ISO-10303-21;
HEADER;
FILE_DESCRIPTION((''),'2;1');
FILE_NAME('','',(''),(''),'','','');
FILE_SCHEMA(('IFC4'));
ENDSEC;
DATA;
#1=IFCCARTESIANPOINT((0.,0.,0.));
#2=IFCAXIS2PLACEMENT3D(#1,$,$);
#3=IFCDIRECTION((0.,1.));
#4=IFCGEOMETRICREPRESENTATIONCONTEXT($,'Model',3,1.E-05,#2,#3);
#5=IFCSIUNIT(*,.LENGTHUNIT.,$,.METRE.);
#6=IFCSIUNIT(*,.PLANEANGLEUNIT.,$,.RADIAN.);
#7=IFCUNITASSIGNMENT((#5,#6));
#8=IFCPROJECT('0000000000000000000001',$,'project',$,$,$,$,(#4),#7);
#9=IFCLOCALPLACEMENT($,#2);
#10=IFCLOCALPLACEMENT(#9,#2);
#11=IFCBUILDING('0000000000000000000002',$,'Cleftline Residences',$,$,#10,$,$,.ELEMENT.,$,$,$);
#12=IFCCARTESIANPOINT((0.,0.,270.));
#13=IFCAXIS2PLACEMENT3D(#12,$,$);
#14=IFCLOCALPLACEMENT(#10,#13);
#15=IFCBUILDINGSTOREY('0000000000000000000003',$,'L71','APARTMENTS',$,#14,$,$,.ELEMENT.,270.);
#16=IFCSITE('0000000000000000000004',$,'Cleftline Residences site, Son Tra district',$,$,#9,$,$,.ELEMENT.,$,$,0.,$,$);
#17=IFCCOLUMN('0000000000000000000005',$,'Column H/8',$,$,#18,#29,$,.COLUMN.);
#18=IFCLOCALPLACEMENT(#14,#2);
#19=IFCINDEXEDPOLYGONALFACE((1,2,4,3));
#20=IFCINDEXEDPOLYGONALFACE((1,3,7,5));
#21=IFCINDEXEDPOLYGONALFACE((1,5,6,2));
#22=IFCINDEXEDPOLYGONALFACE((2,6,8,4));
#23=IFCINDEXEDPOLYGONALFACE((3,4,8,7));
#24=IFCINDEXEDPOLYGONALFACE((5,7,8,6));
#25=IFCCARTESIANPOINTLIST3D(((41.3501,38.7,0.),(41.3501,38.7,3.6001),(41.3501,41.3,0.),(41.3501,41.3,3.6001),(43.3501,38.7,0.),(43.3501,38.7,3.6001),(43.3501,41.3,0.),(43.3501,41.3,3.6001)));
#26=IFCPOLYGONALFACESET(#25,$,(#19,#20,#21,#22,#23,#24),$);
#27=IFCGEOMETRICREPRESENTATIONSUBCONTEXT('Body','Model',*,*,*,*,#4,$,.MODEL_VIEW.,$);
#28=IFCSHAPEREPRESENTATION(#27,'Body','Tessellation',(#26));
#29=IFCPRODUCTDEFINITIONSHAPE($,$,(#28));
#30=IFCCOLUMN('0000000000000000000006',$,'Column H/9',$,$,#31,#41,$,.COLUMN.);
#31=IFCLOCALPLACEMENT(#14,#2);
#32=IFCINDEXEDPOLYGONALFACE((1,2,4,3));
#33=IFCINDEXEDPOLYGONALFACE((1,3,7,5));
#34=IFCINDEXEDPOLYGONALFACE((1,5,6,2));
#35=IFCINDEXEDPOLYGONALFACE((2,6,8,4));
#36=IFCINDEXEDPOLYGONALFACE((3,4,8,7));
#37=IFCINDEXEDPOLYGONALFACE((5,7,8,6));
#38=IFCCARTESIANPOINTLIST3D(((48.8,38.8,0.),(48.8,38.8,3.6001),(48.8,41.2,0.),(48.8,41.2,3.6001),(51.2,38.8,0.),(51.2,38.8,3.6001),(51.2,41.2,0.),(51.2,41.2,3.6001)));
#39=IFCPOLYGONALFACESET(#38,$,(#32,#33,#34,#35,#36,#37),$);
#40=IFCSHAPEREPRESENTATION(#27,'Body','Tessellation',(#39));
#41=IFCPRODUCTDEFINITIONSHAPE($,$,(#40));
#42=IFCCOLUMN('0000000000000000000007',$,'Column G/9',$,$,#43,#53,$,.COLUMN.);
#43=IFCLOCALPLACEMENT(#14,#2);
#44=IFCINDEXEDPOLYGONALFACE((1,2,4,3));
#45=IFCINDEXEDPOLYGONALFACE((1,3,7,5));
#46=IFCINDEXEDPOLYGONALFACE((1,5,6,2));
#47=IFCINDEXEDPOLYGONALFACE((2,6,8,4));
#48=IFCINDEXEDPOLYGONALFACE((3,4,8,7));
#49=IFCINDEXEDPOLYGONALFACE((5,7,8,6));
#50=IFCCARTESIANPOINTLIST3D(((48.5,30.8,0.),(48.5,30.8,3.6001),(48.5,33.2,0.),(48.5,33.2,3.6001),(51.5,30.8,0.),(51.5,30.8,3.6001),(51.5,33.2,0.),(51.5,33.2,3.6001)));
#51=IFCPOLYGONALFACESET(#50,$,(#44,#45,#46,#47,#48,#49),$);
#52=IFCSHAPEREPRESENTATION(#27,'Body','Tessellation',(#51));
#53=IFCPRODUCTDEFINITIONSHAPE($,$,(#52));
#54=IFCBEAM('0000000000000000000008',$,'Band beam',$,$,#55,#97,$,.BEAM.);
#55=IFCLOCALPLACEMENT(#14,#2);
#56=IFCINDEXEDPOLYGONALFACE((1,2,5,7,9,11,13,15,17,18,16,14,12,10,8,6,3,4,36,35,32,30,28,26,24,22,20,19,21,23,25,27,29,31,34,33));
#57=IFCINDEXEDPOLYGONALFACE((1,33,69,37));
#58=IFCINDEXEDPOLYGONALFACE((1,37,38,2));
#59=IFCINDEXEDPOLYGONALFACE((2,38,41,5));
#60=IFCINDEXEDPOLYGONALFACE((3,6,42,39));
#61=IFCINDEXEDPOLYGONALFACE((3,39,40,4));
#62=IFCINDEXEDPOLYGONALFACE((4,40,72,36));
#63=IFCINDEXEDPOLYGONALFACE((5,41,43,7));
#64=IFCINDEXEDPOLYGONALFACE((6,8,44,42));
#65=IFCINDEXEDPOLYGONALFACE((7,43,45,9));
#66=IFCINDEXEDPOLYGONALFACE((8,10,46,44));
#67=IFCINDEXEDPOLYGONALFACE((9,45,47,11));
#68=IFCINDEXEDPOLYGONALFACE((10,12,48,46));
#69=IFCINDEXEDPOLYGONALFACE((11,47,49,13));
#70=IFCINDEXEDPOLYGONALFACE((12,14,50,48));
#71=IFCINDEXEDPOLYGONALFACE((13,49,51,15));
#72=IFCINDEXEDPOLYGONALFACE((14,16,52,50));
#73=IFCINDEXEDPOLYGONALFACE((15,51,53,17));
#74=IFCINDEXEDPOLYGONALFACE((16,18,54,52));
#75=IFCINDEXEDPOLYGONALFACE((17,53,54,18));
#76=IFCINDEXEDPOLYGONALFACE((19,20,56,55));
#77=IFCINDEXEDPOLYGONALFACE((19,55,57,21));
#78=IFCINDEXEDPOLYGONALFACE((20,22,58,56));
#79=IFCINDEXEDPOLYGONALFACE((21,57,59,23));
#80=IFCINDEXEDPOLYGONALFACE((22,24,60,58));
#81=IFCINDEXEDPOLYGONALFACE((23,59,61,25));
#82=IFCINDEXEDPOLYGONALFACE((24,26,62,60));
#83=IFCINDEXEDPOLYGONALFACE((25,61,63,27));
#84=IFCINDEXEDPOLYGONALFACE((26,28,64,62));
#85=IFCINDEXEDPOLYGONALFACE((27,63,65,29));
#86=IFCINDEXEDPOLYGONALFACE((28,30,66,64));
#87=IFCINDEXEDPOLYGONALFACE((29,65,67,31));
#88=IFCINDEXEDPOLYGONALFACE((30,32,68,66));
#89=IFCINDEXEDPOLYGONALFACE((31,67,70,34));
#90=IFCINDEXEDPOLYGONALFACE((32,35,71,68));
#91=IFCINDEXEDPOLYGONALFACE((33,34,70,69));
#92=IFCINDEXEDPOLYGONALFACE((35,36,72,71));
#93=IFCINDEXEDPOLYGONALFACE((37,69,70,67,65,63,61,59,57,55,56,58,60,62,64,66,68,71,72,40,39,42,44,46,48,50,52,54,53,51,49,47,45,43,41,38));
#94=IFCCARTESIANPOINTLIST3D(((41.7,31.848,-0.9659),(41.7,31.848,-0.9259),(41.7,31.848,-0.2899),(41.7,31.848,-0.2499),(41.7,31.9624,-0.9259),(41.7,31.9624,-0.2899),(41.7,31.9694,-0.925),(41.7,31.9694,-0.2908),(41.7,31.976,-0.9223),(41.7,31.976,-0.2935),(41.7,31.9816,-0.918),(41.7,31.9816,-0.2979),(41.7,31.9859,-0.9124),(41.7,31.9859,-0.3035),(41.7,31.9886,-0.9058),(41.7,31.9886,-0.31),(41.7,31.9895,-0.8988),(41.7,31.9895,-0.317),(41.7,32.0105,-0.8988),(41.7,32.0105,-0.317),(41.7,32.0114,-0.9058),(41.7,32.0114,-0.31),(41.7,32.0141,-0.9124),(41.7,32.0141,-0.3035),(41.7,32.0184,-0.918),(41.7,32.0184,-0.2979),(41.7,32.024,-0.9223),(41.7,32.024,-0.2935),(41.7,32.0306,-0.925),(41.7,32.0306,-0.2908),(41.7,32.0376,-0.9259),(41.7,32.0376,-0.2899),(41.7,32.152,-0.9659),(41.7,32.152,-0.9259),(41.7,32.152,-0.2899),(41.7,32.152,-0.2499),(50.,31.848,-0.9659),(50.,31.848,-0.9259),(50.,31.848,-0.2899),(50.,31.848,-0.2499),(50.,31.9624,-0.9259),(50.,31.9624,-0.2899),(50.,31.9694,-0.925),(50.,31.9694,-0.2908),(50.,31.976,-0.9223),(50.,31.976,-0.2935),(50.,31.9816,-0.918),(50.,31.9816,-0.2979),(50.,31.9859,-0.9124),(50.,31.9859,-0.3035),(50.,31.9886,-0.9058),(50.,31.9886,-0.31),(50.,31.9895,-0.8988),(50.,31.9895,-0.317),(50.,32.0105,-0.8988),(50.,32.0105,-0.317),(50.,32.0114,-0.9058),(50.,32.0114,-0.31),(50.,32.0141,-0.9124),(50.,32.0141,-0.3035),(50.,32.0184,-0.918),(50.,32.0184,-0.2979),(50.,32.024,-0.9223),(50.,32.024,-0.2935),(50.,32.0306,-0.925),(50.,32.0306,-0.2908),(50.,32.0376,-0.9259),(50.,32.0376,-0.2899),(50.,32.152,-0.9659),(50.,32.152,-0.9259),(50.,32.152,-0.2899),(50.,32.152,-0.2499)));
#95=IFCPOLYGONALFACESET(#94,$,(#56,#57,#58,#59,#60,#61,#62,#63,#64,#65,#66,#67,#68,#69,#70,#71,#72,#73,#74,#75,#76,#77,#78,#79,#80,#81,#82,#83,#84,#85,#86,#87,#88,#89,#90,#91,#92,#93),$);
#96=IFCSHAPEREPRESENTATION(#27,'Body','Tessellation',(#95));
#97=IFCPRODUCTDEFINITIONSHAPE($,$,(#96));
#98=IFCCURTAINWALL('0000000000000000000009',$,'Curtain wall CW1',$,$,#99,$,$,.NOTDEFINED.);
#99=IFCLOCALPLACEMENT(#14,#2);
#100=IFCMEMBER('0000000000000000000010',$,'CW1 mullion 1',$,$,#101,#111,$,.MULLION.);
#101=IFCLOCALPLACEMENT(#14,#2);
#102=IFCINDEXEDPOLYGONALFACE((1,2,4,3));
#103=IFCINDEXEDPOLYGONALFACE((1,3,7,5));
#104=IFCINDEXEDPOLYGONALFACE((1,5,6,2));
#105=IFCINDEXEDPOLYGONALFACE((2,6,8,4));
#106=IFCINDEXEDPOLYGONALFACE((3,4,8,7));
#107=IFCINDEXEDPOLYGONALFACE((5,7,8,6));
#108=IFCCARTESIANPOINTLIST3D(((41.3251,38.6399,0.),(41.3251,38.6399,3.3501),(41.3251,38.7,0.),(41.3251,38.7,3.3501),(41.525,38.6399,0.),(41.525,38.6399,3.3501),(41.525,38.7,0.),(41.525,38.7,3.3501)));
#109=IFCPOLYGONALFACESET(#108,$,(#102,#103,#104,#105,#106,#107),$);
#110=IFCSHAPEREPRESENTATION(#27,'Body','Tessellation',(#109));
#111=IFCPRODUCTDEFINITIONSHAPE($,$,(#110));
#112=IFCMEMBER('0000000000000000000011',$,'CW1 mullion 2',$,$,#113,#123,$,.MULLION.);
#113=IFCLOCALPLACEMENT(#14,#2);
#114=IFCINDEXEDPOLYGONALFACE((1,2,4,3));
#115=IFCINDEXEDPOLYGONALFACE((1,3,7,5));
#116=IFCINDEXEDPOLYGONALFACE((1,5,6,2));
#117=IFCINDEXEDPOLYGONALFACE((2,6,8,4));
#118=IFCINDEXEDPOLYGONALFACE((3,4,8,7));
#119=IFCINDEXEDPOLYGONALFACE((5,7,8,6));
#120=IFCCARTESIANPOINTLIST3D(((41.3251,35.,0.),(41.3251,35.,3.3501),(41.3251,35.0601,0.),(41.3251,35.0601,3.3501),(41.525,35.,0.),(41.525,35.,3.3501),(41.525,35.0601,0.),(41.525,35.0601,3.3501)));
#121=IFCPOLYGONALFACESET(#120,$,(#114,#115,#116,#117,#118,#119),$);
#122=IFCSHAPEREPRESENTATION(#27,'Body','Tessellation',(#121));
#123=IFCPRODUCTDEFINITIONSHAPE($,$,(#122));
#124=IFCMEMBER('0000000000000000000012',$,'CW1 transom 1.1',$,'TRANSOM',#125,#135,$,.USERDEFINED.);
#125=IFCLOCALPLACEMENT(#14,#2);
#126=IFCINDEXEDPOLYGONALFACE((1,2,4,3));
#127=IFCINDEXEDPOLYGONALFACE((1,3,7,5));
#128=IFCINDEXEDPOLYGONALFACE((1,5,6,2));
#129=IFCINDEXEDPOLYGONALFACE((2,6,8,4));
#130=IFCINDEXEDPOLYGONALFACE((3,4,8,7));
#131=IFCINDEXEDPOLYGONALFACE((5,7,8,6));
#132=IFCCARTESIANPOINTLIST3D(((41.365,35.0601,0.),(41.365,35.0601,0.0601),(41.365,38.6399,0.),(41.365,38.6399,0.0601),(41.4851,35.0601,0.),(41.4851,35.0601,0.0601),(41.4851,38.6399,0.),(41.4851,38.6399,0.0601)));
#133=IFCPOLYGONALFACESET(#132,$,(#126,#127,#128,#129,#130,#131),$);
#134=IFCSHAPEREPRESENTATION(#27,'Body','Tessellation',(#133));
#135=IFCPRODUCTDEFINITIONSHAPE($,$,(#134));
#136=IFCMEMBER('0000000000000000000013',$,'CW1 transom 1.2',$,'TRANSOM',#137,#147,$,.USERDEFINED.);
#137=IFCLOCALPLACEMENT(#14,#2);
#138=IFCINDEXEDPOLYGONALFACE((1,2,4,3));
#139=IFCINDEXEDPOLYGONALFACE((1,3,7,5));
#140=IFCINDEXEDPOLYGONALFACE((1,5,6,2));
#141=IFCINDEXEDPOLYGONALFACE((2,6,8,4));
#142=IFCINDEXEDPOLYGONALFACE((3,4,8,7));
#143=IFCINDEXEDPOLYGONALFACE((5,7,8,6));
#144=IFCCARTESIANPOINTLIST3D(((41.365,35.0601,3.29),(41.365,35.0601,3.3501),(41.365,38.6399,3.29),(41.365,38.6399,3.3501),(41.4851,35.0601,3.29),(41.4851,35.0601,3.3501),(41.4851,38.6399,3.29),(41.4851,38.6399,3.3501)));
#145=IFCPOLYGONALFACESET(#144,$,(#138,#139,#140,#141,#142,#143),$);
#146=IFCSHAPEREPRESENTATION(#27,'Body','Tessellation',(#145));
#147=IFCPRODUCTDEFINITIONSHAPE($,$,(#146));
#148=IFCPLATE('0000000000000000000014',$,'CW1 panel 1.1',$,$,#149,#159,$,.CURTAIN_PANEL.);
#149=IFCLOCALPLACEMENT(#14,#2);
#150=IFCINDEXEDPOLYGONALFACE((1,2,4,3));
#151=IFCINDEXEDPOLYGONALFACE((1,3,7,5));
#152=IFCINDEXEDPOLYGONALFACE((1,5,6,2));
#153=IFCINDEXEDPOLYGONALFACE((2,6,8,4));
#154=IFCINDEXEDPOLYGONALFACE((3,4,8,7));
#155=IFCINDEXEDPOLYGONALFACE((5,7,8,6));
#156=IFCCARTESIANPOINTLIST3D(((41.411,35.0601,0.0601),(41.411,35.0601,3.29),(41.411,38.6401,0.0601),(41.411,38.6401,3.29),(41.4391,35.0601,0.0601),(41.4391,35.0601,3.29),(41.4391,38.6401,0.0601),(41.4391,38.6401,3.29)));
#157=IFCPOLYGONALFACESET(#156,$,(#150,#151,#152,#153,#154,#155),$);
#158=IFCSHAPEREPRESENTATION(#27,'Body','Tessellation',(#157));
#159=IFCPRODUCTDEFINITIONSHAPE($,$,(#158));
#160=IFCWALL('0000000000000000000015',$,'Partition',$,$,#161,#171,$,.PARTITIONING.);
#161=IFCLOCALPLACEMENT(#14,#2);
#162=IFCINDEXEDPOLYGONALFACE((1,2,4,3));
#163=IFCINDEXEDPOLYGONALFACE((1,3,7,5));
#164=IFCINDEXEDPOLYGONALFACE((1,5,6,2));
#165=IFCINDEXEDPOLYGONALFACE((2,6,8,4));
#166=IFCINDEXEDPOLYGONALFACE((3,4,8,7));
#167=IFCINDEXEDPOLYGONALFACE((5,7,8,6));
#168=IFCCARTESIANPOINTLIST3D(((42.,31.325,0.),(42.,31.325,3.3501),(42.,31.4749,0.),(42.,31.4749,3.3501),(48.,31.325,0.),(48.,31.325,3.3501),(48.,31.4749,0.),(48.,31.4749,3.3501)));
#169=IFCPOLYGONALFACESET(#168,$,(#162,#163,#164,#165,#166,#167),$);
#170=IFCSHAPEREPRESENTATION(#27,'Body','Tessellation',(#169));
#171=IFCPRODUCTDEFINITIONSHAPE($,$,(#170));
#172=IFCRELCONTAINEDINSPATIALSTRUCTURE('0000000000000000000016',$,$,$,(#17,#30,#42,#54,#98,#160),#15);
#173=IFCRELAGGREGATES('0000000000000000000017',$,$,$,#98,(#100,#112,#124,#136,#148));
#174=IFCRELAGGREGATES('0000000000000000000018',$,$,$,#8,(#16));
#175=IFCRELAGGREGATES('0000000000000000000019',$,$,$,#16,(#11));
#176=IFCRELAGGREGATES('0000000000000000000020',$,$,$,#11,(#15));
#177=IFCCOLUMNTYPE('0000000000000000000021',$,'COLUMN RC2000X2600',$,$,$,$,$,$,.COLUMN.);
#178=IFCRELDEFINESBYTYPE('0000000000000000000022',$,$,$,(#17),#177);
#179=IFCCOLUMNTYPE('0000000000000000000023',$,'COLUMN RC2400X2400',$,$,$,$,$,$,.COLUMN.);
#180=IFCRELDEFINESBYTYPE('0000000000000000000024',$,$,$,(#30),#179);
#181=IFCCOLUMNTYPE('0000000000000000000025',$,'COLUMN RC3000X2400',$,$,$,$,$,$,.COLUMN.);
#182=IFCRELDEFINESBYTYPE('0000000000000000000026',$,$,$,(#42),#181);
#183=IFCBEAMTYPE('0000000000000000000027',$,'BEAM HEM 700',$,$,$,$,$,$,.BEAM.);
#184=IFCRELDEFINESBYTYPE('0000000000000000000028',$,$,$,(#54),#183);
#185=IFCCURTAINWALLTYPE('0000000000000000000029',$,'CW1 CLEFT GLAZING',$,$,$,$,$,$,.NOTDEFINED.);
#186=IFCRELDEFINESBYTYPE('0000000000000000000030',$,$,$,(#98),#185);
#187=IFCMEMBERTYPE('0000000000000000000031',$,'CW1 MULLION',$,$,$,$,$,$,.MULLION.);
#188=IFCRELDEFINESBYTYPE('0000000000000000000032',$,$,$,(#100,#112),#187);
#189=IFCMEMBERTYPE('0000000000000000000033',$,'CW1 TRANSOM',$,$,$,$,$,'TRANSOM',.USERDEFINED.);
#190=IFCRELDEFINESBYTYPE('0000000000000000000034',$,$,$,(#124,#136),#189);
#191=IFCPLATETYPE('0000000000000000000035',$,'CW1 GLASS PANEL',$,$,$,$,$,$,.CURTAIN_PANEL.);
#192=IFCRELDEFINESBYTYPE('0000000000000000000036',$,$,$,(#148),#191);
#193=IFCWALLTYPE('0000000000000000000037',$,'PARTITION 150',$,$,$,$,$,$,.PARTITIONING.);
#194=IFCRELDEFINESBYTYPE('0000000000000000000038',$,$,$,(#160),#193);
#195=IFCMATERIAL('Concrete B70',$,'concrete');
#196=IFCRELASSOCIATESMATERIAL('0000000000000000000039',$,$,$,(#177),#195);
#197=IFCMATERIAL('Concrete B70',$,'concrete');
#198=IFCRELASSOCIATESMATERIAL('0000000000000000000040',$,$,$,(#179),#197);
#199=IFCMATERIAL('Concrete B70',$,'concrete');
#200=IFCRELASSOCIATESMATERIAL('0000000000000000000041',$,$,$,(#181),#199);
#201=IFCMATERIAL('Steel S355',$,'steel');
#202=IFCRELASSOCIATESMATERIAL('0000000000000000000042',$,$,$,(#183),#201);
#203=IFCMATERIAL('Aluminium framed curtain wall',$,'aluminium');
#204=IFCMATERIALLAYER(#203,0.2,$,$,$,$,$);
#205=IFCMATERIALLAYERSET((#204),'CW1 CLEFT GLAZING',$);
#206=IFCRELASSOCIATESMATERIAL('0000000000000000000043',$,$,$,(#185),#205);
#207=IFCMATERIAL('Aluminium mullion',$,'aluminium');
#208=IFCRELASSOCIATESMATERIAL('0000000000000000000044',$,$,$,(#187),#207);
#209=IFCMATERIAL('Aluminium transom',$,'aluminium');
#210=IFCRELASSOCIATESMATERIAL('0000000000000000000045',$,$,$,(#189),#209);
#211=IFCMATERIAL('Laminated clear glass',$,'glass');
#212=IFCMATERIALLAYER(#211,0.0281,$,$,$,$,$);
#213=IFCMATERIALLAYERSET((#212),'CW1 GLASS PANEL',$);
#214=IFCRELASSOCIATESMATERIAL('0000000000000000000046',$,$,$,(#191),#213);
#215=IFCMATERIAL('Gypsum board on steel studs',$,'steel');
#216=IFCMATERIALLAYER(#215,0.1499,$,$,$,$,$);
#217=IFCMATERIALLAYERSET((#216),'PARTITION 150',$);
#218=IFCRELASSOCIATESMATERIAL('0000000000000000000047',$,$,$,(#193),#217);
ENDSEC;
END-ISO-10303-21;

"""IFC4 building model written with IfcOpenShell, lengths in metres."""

from ifc_helpers import new_model, si_unit, direction, frame, frame_2d, origin, origin_2d, place, context, subcontext, project, spatial, rectangle, i_section, extrude, material, layer, layer_set, material_profile, profile_set, type_object, element, aggregate, save


model = new_model("IFC4")

# Units and contexts
model_context = context("Model", 3, precision=1e-05, world=origin(), true_north=direction((0.0, 1.0)))
body_context = subcontext(model_context, "Body", "Model", "MODEL_VIEW")
ifc_project = project(units=[si_unit("LENGTHUNIT", "METRE"), si_unit("PLANEANGLEUNIT", "RADIAN")], contexts=[model_context])

# Site, building, storey
site_placement = place(None, origin())
site = spatial("IfcSite", under=ifc_project, at=site_placement, Name="Cleftline Residences site, Son Tra district", CompositionType="ELEMENT", RefElevation=0.0)
building_placement = place(site_placement, origin())
building = spatial("IfcBuilding", under=site, at=building_placement, Name="Cleftline Residences", CompositionType="ELEMENT")
storey_placement = place(building_placement, frame((0.0, 0.0, 270.0)))
storey = spatial("IfcBuildingStorey", under=building, at=storey_placement, Name="L71", Description="APARTMENTS", CompositionType="ELEMENT", Elevation=270.0)

# Columns
ifc_material_1 = material(Name="Concrete B70", Category="concrete")
ifc_material_profile_1 = material_profile(ifc_material_1, rectangle(XDim=2.0, YDim=2.6001, at=origin_2d()))
ifc_profile_set_1 = profile_set([ifc_material_profile_1], Name="Concrete B70")
column_type_1 = type_object("IfcColumnType", Name="COLUMN RC2000X2600", PredefinedType="COLUMN", material=ifc_profile_set_1)
column_1_placement = place(storey_placement, frame((42.3501, 40.0, 0.0), z_axis=(0.0, 0.0, 1.0), x_axis=(1.0, 0.0, 0.0)))
element("IfcColumn", 1, at=column_1_placement, inside=storey, type_object=column_type_1, Name="Column H/8", PredefinedType="COLUMN", context=body_context, shape_type="SweptSolid", body=[
    extrude(rectangle(XDim=2.0, YDim=2.6001, at=origin_2d()), origin(), (0.0, 0.0, 1.0), 3.6001),
])
ifc_material_2 = material(Name="Concrete B70", Category="concrete")
ifc_material_profile_2 = material_profile(ifc_material_2, rectangle(XDim=2.3999, YDim=2.3999, at=origin_2d()))
ifc_profile_set_2 = profile_set([ifc_material_profile_2], Name="Concrete B70")
column_type_2 = type_object("IfcColumnType", Name="COLUMN RC2400X2400", PredefinedType="COLUMN", material=ifc_profile_set_2)
column_2_placement = place(storey_placement, frame((50.0, 40.0, 0.0), z_axis=(0.0, 0.0, 1.0), x_axis=(1.0, 0.0, 0.0)))
element("IfcColumn", 2, at=column_2_placement, inside=storey, type_object=column_type_2, Name="Column H/9", PredefinedType="COLUMN", context=body_context, shape_type="SweptSolid", body=[
    extrude(rectangle(XDim=2.3999, YDim=2.3999, at=origin_2d()), origin(), (0.0, 0.0, 1.0), 3.6001),
])
ifc_material_3 = material(Name="Concrete B70", Category="concrete")
ifc_material_profile_3 = material_profile(ifc_material_3, rectangle(XDim=3.0, YDim=2.3999, at=origin_2d()))
ifc_profile_set_3 = profile_set([ifc_material_profile_3], Name="Concrete B70")
column_type_3 = type_object("IfcColumnType", Name="COLUMN RC3000X2400", PredefinedType="COLUMN", material=ifc_profile_set_3)
column_3_placement = place(storey_placement, frame((50.0, 32.0, 0.0), z_axis=(0.0, 0.0, 1.0), x_axis=(1.0, 0.0, 0.0)))
element("IfcColumn", 3, at=column_3_placement, inside=storey, type_object=column_type_3, Name="Column G/9", PredefinedType="COLUMN", context=body_context, shape_type="SweptSolid", body=[
    extrude(rectangle(XDim=3.0, YDim=2.3999, at=origin_2d()), origin(), (0.0, 0.0, 1.0), 3.6001),
])

# Beam
ifc_material_4 = material(Name="Steel S355", Category="steel")
ifc_material_profile_4 = material_profile(ifc_material_4, i_section(OverallWidth=0.304, OverallDepth=0.7161, WebThickness=0.021, FlangeThickness=0.04, FilletRadius=0.0271, at=origin_2d()))
ifc_profile_set_4 = profile_set([ifc_material_profile_4], Name="Steel S355")
beam_type = type_object("IfcBeamType", Name="BEAM HEM 700", PredefinedType="BEAM", material=ifc_profile_set_4)
beam_placement = place(storey_placement, frame((50.0, 32.0, -0.6079), z_axis=(-1.0, 0.0, 0.0), x_axis=(0.0, -1.0, 0.0)))
element("IfcBeam", 4, at=beam_placement, inside=storey, type_object=beam_type, Name="Band beam", PredefinedType="BEAM", context=body_context, shape_type="SweptSolid", body=[
    extrude(i_section(OverallWidth=0.304, OverallDepth=0.7161, WebThickness=0.021, FlangeThickness=0.04, FilletRadius=0.0271, at=origin_2d()), origin(), (0.0, 0.0, 1.0), 8.3),
])

# Curtain wall, members, plate
ifc_material_5 = material(Name="Aluminium framed curtain wall", Category="aluminium")
ifc_layer_1 = layer(ifc_material_5, 0.2)
ifc_layer_set_1 = layer_set([ifc_layer_1], Name="CW1 CLEFT GLAZING")
curtain_wall_type = type_object("IfcCurtainWallType", Name="CW1 CLEFT GLAZING", PredefinedType="NOTDEFINED", material=ifc_layer_set_1)
curtain_wall_placement = place(storey_placement, origin())
curtain_wall = element("IfcCurtainWall", 5, at=curtain_wall_placement, inside=storey, type_object=curtain_wall_type, Name="Curtain wall CW1", PredefinedType="NOTDEFINED")
ifc_material_6 = material(Name="Aluminium mullion", Category="aluminium")
ifc_material_profile_5 = material_profile(ifc_material_6, rectangle(XDim=0.2, YDim=0.0601, at=origin_2d()))
ifc_profile_set_5 = profile_set([ifc_material_profile_5], Name="Aluminium mullion")
member_type_1 = type_object("IfcMemberType", Name="CW1 MULLION", PredefinedType="MULLION", material=ifc_profile_set_5)
member_1_placement = place(storey_placement, frame((41.425, 38.6699, 0.0), z_axis=(0.0, 0.0, 1.0), x_axis=(1.0, 0.0, 0.0)))
member_1 = element("IfcMember", 6, at=member_1_placement, type_object=member_type_1, Name="CW1 mullion 1", PredefinedType="MULLION", context=body_context, shape_type="SweptSolid", body=[
    extrude(rectangle(XDim=0.2, YDim=0.0601, at=origin_2d()), origin(), (0.0, 0.0, 1.0), 3.3501),
])
member_2_placement = place(storey_placement, frame((41.425, 35.03, 0.0), z_axis=(0.0, 0.0, 1.0), x_axis=(1.0, 0.0, 0.0)))
member_2 = element("IfcMember", 7, at=member_2_placement, type_object=member_type_1, Name="CW1 mullion 2", PredefinedType="MULLION", context=body_context, shape_type="SweptSolid", body=[
    extrude(rectangle(XDim=0.2, YDim=0.0601, at=origin_2d()), origin(), (0.0, 0.0, 1.0), 3.3501),
])
ifc_material_7 = material(Name="Aluminium transom", Category="aluminium")
ifc_material_profile_6 = material_profile(ifc_material_7, rectangle(XDim=0.1201, YDim=0.0601, at=origin_2d()))
ifc_profile_set_6 = profile_set([ifc_material_profile_6], Name="Aluminium transom")
member_type_2 = type_object("IfcMemberType", Name="CW1 TRANSOM", ElementType="TRANSOM", PredefinedType="USERDEFINED", material=ifc_profile_set_6)
member_3_placement = place(storey_placement, frame((41.425, 38.6399, 0.03), z_axis=(0.0, -1.0, 0.0), x_axis=(1.0, 0.0, 0.0)))
member_3 = element("IfcMember", 8, at=member_3_placement, type_object=member_type_2, Name="CW1 transom 1.1", ObjectType="TRANSOM", PredefinedType="USERDEFINED", context=body_context, shape_type="SweptSolid", body=[
    extrude(rectangle(XDim=0.1201, YDim=0.0601, at=origin_2d()), origin(), (0.0, 0.0, 1.0), 3.5798),
])
member_4_placement = place(storey_placement, frame((41.425, 38.6399, 3.3201), z_axis=(0.0, -1.0, 0.0), x_axis=(1.0, 0.0, 0.0)))
member_4 = element("IfcMember", 9, at=member_4_placement, type_object=member_type_2, Name="CW1 transom 1.2", ObjectType="TRANSOM", PredefinedType="USERDEFINED", context=body_context, shape_type="SweptSolid", body=[
    extrude(rectangle(XDim=0.1201, YDim=0.0601, at=origin_2d()), origin(), (0.0, 0.0, 1.0), 3.5798),
])
ifc_material_8 = material(Name="Laminated clear glass", Category="glass")
ifc_layer_2 = layer(ifc_material_8, 0.0281)
ifc_layer_set_2 = layer_set([ifc_layer_2], Name="CW1 GLASS PANEL")
plate_type = type_object("IfcPlateType", Name="CW1 GLASS PANEL", PredefinedType="CURTAIN_PANEL", material=ifc_layer_set_2)
plate_placement = place(storey_placement, frame((41.425, 36.8501, 0.0601), z_axis=(0.0, 0.0, 1.0), x_axis=(0.0, -1.0, 0.0)))
plate = element("IfcPlate", 10, at=plate_placement, type_object=plate_type, Name="CW1 panel 1.1", PredefinedType="CURTAIN_PANEL", context=body_context, shape_type="SweptSolid", body=[
    extrude(rectangle(XDim=3.5801, YDim=0.0281, at=origin_2d()), origin(), (0.0, 0.0, 1.0), 3.23),
])
aggregate(curtain_wall, [member_1, member_2, member_3, member_4, plate])

# Wall
ifc_material_9 = material(Name="Gypsum board on steel studs", Category="steel")
ifc_layer_3 = layer(ifc_material_9, 0.1499)
ifc_layer_set_3 = layer_set([ifc_layer_3], Name="PARTITION 150")
wall_type = type_object("IfcWallType", Name="PARTITION 150", PredefinedType="PARTITIONING", material=ifc_layer_set_3)
wall_1_placement = place(storey_placement, frame((42.0, 31.3999, 0.0), z_axis=(0.0, 0.0, 1.0), x_axis=(1.0, 0.0, 0.0)))
element("IfcWall", 11, at=wall_1_placement, inside=storey, type_object=wall_type, Name="Partition", PredefinedType="PARTITIONING", context=body_context, shape_type="SweptSolid", body=[
    extrude(rectangle(XDim=6.0, YDim=0.1499, at=frame_2d((3.0, 0.0))), origin(), (0.0, 0.0, 1.0), 3.3501),
])

save(model, "model.ifc")
